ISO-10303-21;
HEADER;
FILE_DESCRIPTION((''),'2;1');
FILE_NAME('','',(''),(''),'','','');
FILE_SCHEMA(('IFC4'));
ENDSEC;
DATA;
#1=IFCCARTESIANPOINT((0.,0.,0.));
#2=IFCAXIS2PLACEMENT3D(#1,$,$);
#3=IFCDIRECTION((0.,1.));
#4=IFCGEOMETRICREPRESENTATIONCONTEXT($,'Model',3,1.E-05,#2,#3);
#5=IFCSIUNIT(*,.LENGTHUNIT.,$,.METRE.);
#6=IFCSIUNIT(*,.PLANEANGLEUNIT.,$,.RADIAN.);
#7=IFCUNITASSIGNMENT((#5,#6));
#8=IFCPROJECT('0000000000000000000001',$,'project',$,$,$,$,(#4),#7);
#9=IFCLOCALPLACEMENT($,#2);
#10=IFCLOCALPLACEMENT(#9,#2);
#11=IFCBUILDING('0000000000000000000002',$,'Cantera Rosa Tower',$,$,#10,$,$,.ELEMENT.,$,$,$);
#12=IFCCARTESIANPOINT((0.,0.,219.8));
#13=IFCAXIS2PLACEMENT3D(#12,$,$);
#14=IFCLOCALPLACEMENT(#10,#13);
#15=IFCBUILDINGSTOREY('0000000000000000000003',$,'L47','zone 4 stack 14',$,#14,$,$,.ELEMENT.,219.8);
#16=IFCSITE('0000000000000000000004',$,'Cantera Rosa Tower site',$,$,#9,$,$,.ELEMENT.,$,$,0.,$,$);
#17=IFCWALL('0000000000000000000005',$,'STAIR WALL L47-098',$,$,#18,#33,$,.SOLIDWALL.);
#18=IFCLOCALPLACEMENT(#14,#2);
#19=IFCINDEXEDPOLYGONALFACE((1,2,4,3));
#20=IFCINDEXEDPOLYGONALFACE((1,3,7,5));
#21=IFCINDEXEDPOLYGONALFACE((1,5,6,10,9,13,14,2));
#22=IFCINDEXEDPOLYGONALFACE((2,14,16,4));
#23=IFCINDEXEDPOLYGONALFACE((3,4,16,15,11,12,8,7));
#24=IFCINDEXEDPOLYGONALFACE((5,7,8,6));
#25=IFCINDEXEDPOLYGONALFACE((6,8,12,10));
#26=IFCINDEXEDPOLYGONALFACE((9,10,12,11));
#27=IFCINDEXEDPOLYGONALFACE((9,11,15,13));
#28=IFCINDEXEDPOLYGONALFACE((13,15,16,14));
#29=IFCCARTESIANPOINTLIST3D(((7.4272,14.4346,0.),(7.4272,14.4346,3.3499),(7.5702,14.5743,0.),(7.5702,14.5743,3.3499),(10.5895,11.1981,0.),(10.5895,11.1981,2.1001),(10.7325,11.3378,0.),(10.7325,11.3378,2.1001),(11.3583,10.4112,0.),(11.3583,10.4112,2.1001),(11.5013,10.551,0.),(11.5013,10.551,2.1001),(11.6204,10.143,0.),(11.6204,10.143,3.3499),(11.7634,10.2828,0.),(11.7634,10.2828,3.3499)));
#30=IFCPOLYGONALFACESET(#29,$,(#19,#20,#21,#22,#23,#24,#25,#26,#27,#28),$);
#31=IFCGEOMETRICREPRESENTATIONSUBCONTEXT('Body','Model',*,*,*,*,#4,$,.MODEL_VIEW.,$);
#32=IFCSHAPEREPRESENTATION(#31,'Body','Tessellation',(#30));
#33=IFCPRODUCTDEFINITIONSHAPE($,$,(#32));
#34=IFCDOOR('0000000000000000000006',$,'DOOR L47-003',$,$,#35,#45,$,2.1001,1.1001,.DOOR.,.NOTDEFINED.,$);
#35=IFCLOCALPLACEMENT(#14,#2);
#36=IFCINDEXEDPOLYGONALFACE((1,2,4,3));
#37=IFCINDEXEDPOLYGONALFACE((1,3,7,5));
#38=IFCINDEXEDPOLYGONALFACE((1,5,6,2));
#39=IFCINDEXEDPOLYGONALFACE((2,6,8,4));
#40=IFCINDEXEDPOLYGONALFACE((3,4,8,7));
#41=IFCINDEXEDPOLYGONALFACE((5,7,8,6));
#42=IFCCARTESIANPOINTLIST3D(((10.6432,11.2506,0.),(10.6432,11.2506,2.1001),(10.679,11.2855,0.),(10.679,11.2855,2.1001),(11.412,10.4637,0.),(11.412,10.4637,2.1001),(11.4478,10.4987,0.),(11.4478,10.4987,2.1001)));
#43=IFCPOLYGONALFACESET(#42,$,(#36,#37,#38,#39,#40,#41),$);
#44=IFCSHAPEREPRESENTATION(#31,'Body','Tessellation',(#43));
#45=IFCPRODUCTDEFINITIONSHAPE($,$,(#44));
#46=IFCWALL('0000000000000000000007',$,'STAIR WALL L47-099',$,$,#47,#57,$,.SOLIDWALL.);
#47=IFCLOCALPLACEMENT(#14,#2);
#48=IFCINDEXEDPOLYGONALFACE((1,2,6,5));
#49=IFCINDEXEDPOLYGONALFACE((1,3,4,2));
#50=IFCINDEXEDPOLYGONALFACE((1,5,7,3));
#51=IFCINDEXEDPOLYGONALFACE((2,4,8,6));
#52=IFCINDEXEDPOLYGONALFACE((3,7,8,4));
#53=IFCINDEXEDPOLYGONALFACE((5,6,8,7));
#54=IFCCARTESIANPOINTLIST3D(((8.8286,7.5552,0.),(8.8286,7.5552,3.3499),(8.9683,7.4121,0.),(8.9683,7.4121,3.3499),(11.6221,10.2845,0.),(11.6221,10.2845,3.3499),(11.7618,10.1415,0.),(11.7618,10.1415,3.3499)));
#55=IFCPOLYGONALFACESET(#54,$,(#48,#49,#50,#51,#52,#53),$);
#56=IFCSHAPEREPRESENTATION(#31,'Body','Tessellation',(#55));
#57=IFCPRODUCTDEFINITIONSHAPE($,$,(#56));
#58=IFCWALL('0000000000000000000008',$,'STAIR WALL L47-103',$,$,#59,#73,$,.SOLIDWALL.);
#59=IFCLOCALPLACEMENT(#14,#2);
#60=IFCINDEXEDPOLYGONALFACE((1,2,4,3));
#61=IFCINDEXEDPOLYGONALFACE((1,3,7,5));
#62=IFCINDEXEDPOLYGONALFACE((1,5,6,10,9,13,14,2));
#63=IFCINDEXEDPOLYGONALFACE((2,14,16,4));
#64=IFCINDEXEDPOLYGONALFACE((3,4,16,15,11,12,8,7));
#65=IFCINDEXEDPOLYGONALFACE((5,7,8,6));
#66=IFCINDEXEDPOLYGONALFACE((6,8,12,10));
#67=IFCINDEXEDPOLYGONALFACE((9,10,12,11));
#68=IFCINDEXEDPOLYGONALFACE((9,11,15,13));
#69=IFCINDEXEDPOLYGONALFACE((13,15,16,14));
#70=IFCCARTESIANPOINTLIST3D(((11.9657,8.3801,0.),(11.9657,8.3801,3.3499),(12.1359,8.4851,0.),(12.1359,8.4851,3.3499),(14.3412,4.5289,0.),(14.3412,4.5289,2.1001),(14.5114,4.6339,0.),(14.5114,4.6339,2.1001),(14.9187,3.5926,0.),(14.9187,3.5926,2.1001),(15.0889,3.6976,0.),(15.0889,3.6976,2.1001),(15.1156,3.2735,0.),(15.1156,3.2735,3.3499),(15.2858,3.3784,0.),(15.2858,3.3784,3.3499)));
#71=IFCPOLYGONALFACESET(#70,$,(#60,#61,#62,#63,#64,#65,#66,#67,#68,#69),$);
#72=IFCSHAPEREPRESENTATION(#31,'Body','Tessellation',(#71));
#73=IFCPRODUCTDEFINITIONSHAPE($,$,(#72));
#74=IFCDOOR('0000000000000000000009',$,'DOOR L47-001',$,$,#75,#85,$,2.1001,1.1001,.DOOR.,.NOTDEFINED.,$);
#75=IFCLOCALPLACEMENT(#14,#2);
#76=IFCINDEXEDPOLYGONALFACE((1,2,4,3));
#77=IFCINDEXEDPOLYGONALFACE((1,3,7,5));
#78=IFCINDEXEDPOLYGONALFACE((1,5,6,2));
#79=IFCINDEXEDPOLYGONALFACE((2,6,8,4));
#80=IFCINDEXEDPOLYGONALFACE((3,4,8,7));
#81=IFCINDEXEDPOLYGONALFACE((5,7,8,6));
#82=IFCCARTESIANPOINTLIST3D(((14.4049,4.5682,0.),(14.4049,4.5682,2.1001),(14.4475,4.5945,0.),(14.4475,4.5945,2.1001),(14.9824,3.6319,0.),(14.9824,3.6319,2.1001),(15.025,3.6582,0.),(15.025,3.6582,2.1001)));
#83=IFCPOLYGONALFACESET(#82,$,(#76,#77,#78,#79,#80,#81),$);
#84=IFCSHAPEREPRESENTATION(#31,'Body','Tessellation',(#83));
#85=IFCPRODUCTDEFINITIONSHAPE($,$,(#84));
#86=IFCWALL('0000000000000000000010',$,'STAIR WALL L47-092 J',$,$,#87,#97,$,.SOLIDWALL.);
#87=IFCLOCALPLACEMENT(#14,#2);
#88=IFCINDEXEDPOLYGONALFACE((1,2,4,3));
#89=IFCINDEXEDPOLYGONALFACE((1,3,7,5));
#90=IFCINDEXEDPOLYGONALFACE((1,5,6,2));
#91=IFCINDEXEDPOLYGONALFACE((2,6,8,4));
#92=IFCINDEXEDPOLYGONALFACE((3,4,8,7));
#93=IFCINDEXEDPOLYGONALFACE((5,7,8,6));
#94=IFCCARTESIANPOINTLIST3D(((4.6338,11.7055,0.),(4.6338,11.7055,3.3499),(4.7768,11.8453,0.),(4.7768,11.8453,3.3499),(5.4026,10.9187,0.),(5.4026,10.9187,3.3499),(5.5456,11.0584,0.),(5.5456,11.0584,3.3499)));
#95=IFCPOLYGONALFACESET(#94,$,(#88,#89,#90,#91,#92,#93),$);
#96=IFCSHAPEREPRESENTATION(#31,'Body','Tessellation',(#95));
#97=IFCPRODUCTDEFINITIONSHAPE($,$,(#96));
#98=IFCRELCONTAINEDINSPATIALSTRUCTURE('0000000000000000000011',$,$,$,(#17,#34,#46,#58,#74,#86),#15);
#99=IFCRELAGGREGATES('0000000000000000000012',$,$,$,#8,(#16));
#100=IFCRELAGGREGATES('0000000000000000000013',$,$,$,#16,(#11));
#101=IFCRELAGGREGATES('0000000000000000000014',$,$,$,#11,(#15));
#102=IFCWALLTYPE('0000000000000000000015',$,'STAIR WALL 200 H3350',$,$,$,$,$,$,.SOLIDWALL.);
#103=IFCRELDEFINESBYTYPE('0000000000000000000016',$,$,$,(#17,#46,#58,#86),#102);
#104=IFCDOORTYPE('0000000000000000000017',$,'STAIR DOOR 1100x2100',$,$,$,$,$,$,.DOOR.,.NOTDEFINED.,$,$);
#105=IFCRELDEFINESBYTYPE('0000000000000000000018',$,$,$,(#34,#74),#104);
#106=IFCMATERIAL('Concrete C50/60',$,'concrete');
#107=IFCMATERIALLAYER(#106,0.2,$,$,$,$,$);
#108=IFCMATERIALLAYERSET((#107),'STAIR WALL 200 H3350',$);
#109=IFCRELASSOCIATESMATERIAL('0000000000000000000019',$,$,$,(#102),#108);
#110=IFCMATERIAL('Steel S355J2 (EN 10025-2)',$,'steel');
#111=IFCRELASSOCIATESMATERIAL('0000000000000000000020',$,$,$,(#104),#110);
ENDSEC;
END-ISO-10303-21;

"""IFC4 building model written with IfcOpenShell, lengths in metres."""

from ifc_helpers import new_model, si_unit, direction, frame, frame_2d, origin, place, context, subcontext, project, spatial, rectangle, extrude, material, layer, layer_set, type_object, element, fill, save


model = new_model("IFC4")

# Units and contexts
model_context = context("Model", 3, precision=1e-05, world=origin(), true_north=direction((0.0, 1.0)))
body_context = subcontext(model_context, "Body", "Model", "MODEL_VIEW")
ifc_project = project(units=[si_unit("LENGTHUNIT", "METRE"), si_unit("PLANEANGLEUNIT", "RADIAN")], contexts=[model_context])

# Site, building, storey
site_placement = place(None, origin())
site = spatial("IfcSite", under=ifc_project, at=site_placement, Name="Cantera Rosa Tower site", CompositionType="ELEMENT", RefElevation=0.0)
building_placement = place(site_placement, origin())
building = spatial("IfcBuilding", under=site, at=building_placement, Name="Cantera Rosa Tower", CompositionType="ELEMENT")
storey_placement = place(building_placement, frame((0.0, 0.0, 219.8)))
storey = spatial("IfcBuildingStorey", under=building, at=storey_placement, Name="L47", Description="zone 4 stack 14", CompositionType="ELEMENT", Elevation=219.8)

# Shared definitions
ifc_material_1 = material(Name="Concrete C50/60", Category="concrete")
ifc_layer_1 = layer(ifc_material_1, 0.2)
ifc_layer_set_1 = layer_set([ifc_layer_1], Name="STAIR WALL 200 H3350")
wall_type_1 = type_object("IfcWallType", Name="STAIR WALL 200 H3350", PredefinedType="SOLIDWALL", material=ifc_layer_set_1)

# Wall, opening, door
wall_1_placement = place(storey_placement, frame((11.6919, 10.2129, 0.0), z_axis=(0.0, 0.0, 1.0), x_axis=(-0.69886, 0.715258, 0.0)))
wall_1 = element("IfcWall", 1, at=wall_1_placement, inside=storey, type_object=wall_type_1, Name="STAIR WALL L47-098", PredefinedType="SOLIDWALL", context=body_context, shape_type="SweptSolid", body=[
    extrude(rectangle(XDim=6.0, YDim=0.2, at=frame_2d((3.0, 0.0))), origin(), (0.0, 0.0, 1.0), 3.3499),
])
opening_1_placement = place(wall_1_placement, frame((0.375, 0.0, 0.0)))
opening_1 = element("IfcOpeningElement", 2, at=opening_1_placement, cuts=wall_1, PredefinedType="OPENING", context=body_context, shape_type="SweptSolid", body=[
    extrude(rectangle(XDim=1.1001, YDim=2.1001, at=frame_2d((0.55, 1.05))), frame((0.0, 0.1099, 0.0), z_axis=(0.0, -1.0, 0.0), x_axis=(1.0, 0.0, 0.0)), (0.0, 0.0, 1.0), 0.22),
])
ifc_material_2 = material(Name="Steel S355J2 (EN 10025-2)", Category="steel")
door_type_1 = type_object("IfcDoorType", Name="STAIR DOOR 1100x2100", OperationType="NOTDEFINED", PredefinedType="DOOR", material=ifc_material_2)
door_1_placement = place(opening_1_placement, origin())
door_1 = element("IfcDoor", 3, at=door_1_placement, inside=storey, type_object=door_type_1, Name="DOOR L47-003", OperationType="NOTDEFINED", OverallHeight=2.1001, OverallWidth=1.1001, PredefinedType="DOOR", context=body_context, shape_type="SweptSolid", body=[
    extrude(rectangle(XDim=1.1001, YDim=2.1001, at=frame_2d((0.55, 1.05))), frame((0.0, 0.0249, 0.0), z_axis=(0.0, -1.0, 0.0), x_axis=(1.0, 0.0, 0.0)), (0.0, 0.0, 1.0), 0.05),
])
fill(opening_1, door_1)

# Wall
wall_2_placement = place(storey_placement, frame((11.6919, 10.2129, 0.0), z_axis=(0.0, 0.0, 1.0), x_axis=(-0.71528, -0.698838, 0.0)))
element("IfcWall", 4, at=wall_2_placement, inside=storey, type_object=wall_type_1, Name="STAIR WALL L47-099", PredefinedType="SOLIDWALL", context=body_context, shape_type="SweptSolid", body=[
    extrude(rectangle(XDim=3.9055, YDim=0.2, at=frame_2d((1.9526, 0.0))), origin(), (0.0, 0.0, 1.0), 3.3499),
])

# Wall, opening, door
wall_3_placement = place(storey_placement, frame((12.0508, 8.4326, 0.0), z_axis=(0.0, 0.0, 1.0), x_axis=(0.524983, -0.851113, 0.0)))
wall_3 = element("IfcWall", 5, at=wall_3_placement, inside=storey, type_object=wall_type_1, Name="STAIR WALL L47-103", PredefinedType="SOLIDWALL", context=body_context, shape_type="SweptSolid", body=[
    extrude(rectangle(XDim=6.0, YDim=0.2, at=frame_2d((3.0, 0.0))), origin(), (0.0, 0.0, 1.0), 3.3499),
])
opening_2_placement = place(wall_3_placement, frame((4.5249, 0.0, 0.0)))
opening_2 = element("IfcOpeningElement", 6, at=opening_2_placement, cuts=wall_3, PredefinedType="OPENING", context=body_context, shape_type="SweptSolid", body=[
    extrude(rectangle(XDim=1.1001, YDim=2.1001, at=frame_2d((0.55, 1.05))), frame((0.0, 0.1099, 0.0), z_axis=(0.0, -1.0, 0.0), x_axis=(1.0, 0.0, 0.0)), (0.0, 0.0, 1.0), 0.22),
])
door_2_placement = place(opening_2_placement, origin())
door_2 = element("IfcDoor", 7, at=door_2_placement, inside=storey, type_object=door_type_1, Name="DOOR L47-001", OperationType="NOTDEFINED", OverallHeight=2.1001, OverallWidth=1.1001, PredefinedType="DOOR", context=body_context, shape_type="SweptSolid", body=[
    extrude(rectangle(XDim=1.1001, YDim=2.1001, at=frame_2d((0.55, 1.05))), frame((0.0, 0.0249, 0.0), z_axis=(0.0, -1.0, 0.0), x_axis=(1.0, 0.0, 0.0)), (0.0, 0.0, 1.0), 0.05),
])
fill(opening_2, door_2)

# Wall
wall_4_placement = place(storey_placement, frame((5.4741, 10.9885, 0.0), z_axis=(0.0, 0.0, 1.0), x_axis=(-0.698848, 0.71527, 0.0)))
element("IfcWall", 8, at=wall_4_placement, inside=storey, type_object=wall_type_1, Name="STAIR WALL L47-092 J", PredefinedType="SOLIDWALL", context=body_context, shape_type="SweptSolid", body=[
    extrude(rectangle(XDim=1.1001, YDim=0.2, at=frame_2d((0.55, 0.0))), origin(), (0.0, 0.0, 1.0), 3.3499),
])

save(model, "model.ifc")
